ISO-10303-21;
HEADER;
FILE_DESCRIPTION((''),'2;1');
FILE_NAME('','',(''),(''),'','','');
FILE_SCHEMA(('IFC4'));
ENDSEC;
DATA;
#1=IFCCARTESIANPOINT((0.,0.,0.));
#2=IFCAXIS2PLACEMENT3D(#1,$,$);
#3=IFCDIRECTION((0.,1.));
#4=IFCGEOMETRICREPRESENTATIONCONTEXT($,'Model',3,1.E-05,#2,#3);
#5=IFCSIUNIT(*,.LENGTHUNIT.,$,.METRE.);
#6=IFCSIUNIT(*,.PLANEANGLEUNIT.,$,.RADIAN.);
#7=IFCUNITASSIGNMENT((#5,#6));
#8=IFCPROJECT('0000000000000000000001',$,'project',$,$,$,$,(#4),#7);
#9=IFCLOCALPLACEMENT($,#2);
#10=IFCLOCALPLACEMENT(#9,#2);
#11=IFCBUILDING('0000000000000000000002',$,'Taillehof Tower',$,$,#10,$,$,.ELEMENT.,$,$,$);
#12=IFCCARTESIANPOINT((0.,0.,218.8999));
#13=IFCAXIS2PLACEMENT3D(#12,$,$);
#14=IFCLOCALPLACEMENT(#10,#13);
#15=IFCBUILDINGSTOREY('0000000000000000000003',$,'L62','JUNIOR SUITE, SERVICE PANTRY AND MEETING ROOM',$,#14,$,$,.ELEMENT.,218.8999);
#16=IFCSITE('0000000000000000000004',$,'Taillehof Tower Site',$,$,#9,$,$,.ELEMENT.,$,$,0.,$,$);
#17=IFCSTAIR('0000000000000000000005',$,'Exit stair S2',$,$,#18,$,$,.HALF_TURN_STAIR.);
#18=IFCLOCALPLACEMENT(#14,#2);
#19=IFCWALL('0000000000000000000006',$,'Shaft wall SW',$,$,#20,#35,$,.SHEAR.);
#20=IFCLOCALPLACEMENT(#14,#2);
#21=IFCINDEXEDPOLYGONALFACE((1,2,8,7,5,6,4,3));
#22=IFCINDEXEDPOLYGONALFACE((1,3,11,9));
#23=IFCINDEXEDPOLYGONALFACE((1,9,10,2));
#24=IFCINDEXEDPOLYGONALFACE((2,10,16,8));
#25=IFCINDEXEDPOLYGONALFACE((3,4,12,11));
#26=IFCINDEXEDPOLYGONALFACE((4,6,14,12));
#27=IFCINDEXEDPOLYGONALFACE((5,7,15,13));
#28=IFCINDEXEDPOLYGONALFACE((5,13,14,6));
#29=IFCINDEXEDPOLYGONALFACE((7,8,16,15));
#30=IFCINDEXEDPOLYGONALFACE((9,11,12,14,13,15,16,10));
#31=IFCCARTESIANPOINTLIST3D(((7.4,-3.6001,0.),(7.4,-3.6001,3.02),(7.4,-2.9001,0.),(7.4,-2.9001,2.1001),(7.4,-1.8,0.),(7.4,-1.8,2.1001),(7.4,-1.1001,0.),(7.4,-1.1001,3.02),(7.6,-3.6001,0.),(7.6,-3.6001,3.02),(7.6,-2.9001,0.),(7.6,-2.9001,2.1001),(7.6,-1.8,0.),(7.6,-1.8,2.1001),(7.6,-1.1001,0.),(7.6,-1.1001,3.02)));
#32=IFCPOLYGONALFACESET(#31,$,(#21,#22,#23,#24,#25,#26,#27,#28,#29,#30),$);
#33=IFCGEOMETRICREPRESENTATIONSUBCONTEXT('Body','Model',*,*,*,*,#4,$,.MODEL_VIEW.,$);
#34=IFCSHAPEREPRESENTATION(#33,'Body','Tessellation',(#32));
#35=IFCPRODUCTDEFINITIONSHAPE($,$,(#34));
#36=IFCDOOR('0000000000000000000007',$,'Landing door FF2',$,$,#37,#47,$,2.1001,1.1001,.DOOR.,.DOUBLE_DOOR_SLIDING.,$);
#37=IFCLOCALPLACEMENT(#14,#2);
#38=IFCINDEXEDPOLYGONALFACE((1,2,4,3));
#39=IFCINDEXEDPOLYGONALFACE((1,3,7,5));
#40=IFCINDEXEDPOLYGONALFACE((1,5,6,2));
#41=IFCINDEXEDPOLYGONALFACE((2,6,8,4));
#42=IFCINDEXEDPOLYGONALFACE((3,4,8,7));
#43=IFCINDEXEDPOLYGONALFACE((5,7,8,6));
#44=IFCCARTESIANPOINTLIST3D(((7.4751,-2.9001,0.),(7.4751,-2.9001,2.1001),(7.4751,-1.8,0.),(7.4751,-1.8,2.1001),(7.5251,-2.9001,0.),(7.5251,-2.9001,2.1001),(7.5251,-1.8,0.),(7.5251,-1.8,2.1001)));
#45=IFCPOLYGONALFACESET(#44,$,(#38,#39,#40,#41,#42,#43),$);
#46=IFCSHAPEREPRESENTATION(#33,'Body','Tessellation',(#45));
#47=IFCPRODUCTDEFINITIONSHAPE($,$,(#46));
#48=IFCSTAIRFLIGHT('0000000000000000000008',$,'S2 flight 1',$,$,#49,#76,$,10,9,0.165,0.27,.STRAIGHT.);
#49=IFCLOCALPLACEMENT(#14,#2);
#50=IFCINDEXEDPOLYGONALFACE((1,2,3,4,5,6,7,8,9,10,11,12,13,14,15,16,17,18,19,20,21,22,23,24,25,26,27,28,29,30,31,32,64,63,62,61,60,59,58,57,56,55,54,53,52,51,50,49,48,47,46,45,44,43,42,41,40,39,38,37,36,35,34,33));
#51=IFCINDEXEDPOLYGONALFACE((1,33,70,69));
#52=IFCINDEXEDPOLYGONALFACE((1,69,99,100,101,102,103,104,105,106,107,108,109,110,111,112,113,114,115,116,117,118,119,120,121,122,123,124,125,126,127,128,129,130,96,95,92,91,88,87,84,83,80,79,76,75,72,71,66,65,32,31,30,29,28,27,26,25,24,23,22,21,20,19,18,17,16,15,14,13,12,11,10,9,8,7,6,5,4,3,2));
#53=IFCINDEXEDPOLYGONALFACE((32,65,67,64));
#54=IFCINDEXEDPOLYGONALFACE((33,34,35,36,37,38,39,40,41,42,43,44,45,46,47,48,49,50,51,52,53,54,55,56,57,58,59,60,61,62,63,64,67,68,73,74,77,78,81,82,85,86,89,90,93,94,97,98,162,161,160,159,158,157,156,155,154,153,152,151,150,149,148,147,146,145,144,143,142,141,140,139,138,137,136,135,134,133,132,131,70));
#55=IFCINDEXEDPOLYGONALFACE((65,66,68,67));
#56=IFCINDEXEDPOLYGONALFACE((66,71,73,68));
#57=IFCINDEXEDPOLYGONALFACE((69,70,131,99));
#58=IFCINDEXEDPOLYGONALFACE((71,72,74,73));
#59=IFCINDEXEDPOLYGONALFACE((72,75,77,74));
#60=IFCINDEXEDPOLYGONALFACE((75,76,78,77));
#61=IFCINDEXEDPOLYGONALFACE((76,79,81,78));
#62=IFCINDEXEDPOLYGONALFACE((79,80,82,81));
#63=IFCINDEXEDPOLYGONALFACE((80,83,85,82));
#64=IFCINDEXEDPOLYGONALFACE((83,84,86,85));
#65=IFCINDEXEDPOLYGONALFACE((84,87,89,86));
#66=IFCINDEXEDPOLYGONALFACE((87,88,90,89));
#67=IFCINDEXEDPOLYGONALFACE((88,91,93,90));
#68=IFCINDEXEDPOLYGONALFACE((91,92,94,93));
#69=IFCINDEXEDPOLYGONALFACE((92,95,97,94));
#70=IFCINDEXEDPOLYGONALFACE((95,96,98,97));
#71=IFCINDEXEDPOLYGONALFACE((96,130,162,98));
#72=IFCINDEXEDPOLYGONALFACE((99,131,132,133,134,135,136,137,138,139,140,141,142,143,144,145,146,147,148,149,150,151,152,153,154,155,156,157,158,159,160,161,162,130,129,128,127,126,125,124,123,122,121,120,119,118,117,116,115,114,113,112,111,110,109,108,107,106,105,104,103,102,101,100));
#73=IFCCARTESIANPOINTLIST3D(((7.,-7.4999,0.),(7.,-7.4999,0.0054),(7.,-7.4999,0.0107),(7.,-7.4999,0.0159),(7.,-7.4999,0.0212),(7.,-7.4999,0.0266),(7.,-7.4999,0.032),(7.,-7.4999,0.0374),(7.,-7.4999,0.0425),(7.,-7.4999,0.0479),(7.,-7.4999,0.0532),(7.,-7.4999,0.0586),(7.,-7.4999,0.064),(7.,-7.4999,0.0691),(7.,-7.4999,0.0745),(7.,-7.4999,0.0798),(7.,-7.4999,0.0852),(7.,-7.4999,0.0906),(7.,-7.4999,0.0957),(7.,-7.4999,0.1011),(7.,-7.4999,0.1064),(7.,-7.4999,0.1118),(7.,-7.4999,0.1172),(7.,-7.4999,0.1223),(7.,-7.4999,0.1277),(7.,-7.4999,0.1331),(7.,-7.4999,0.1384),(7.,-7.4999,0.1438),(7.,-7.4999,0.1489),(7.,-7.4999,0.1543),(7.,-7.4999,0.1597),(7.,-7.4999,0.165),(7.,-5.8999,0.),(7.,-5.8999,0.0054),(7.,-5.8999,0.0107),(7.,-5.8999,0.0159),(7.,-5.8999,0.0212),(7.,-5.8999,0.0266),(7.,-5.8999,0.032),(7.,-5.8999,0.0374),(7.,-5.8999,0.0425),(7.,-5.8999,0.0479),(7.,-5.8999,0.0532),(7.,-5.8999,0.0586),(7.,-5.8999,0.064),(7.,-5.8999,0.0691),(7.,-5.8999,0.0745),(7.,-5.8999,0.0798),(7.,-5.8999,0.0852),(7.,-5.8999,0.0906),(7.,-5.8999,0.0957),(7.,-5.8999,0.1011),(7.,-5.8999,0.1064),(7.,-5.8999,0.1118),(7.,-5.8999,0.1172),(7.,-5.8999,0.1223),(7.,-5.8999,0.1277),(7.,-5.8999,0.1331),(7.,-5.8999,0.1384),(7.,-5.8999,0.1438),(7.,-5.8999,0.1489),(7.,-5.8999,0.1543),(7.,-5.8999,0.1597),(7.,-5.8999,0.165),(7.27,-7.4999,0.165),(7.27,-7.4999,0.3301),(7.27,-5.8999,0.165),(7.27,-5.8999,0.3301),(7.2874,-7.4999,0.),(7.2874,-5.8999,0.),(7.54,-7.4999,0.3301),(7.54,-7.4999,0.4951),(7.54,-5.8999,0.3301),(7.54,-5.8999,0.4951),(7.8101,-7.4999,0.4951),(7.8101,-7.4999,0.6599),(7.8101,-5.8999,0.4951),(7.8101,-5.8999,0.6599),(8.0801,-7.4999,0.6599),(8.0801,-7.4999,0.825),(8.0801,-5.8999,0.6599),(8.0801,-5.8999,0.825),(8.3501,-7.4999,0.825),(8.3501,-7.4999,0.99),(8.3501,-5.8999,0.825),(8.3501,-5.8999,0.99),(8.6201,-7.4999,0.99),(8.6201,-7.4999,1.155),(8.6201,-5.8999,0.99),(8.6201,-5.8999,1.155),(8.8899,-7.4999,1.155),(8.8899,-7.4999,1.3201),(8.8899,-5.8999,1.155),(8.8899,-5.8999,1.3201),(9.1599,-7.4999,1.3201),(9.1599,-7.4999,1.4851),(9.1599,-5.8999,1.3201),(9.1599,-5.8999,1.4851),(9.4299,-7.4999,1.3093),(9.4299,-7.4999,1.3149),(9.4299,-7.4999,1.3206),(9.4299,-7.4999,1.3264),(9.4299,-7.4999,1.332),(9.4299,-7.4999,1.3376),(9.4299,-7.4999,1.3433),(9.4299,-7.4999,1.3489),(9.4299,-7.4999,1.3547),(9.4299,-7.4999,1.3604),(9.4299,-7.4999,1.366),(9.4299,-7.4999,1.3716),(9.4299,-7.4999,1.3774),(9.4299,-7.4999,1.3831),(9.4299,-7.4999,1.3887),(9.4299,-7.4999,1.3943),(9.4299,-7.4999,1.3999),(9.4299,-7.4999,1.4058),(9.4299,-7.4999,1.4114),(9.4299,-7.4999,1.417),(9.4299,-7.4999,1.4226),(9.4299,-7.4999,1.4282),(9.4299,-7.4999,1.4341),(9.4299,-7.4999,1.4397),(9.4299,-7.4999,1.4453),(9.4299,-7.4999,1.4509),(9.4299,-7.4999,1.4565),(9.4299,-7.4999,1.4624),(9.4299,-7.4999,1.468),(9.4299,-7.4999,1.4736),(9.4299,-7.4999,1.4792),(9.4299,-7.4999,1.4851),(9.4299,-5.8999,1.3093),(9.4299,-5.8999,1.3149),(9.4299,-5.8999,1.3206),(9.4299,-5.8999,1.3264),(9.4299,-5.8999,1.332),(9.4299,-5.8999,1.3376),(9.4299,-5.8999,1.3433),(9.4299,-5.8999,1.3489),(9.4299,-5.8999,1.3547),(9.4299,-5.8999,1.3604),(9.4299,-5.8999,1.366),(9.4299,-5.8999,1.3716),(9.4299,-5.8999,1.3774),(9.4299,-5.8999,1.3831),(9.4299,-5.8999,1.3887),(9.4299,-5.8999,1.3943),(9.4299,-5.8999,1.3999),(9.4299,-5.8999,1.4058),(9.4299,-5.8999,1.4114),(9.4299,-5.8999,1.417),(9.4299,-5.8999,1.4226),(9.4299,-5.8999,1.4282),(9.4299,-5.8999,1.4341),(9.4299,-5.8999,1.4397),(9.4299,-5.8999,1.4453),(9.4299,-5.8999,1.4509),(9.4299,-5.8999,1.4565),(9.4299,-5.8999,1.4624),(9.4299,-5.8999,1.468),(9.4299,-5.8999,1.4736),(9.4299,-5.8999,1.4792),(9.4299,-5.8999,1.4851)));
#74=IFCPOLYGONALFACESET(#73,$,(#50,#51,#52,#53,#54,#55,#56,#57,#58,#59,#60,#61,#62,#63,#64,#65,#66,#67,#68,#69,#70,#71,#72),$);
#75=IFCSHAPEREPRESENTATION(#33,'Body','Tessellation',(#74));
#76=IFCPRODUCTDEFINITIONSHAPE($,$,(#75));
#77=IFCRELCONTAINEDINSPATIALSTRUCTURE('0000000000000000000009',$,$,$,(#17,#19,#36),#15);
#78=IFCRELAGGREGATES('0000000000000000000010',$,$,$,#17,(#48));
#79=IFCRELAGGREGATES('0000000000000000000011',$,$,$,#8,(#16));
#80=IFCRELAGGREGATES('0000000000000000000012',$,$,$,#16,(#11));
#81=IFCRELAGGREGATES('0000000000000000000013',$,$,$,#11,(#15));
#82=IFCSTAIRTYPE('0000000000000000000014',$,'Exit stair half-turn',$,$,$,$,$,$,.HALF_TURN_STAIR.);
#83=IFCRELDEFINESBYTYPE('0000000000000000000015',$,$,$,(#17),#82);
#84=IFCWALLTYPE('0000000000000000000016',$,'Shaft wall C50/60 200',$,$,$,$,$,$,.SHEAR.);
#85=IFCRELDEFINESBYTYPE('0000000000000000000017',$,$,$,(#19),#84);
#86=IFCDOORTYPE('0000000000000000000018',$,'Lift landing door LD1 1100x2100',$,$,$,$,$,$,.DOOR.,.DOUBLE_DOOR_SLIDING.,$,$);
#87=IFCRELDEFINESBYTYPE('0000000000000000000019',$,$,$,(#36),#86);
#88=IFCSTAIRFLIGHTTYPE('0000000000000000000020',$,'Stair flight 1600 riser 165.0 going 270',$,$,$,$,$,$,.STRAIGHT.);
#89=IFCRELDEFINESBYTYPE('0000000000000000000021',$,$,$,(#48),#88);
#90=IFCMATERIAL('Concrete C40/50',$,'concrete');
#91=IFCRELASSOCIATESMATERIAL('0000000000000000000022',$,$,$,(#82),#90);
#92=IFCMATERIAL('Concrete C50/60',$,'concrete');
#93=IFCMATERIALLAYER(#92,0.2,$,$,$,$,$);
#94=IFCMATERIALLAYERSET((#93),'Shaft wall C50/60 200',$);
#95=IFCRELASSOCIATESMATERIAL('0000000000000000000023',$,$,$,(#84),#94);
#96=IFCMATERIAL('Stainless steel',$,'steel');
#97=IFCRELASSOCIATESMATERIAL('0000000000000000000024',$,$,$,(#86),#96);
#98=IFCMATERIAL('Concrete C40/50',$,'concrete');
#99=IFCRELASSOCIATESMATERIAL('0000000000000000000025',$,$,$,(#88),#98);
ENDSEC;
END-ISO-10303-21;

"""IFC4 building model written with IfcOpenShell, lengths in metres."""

from ifc_helpers import new_model, si_unit, direction, frame, frame_2d, origin, place, context, subcontext, project, spatial, polyline, rectangle, outline, extrude, material, layer, layer_set, type_object, element, fill, aggregate, save


model = new_model("IFC4")

# Units and contexts
model_context = context("Model", 3, precision=1e-05, world=origin(), true_north=direction((0.0, 1.0)))
body_context = subcontext(model_context, "Body", "Model", "MODEL_VIEW")
ifc_project = project(units=[si_unit("LENGTHUNIT", "METRE"), si_unit("PLANEANGLEUNIT", "RADIAN")], contexts=[model_context])

# Site, building, storey
site_placement = place(None, origin())
site = spatial("IfcSite", under=ifc_project, at=site_placement, Name="Taillehof Tower Site", CompositionType="ELEMENT", RefElevation=0.0)
building_placement = place(site_placement, origin())
building = spatial("IfcBuilding", under=site, at=building_placement, Name="Taillehof Tower", CompositionType="ELEMENT")
storey_placement = place(building_placement, frame((0.0, 0.0, 218.8999)))
storey = spatial("IfcBuildingStorey", under=building, at=storey_placement, Name="L62", Description="JUNIOR SUITE, SERVICE PANTRY AND MEETING ROOM", CompositionType="ELEMENT", Elevation=218.8999)

# Stair
ifc_material_1 = material(Name="Concrete C40/50", Category="concrete")
stair_type = type_object("IfcStairType", Name="Exit stair half-turn", PredefinedType="HALF_TURN_STAIR", material=ifc_material_1)
stair_1_placement = place(storey_placement, origin())
stair_1 = element("IfcStair", 1, at=stair_1_placement, inside=storey, type_object=stair_type, Name="Exit stair S2", PredefinedType="HALF_TURN_STAIR")

# Shared definitions
ifc_material_2 = material(Name="Concrete C50/60", Category="concrete")
ifc_layer_1 = layer(ifc_material_2, 0.2)
ifc_layer_set_1 = layer_set([ifc_layer_1], Name="Shaft wall C50/60 200")
wall_type_1 = type_object("IfcWallType", Name="Shaft wall C50/60 200", PredefinedType="SHEAR", material=ifc_layer_set_1)

# Shared definitions
ifc_material_3 = material(Name="Stainless steel", Category="steel")
door_type_1 = type_object("IfcDoorType", Name="Lift landing door LD1 1100x2100", OperationType="DOUBLE_DOOR_SLIDING", PredefinedType="DOOR", material=ifc_material_3)

# Wall, opening, door
wall_1_placement = place(storey_placement, frame((7.5, -3.6001, 0.0), z_axis=(0.0, 0.0, 1.0), x_axis=(0.0, 1.0, 0.0)))
wall_1 = element("IfcWall", 2, at=wall_1_placement, inside=storey, type_object=wall_type_1, Name="Shaft wall SW", PredefinedType="SHEAR", context=body_context, shape_type="SweptSolid", body=[
    extrude(rectangle(XDim=2.5, YDim=0.2, at=frame_2d((1.25, 0.0))), origin(), (0.0, 0.0, 1.0), 3.02),
])
opening_1_placement = place(wall_1_placement, frame((0.7, 0.0, 0.0)))
opening_1 = element("IfcOpeningElement", 3, at=opening_1_placement, cuts=wall_1, PredefinedType="OPENING", context=body_context, shape_type="SweptSolid", body=[
    extrude(rectangle(XDim=1.1001, YDim=2.1001, at=frame_2d((0.55, 1.05))), frame((0.0, 0.1099, 0.0), z_axis=(0.0, -1.0, 0.0), x_axis=(1.0, 0.0, 0.0)), (0.0, 0.0, 1.0), 0.22),
])
door_1_placement = place(opening_1_placement, origin())
door_1 = element("IfcDoor", 4, at=door_1_placement, inside=storey, type_object=door_type_1, Name="Landing door FF2", OperationType="DOUBLE_DOOR_SLIDING", OverallHeight=2.1001, OverallWidth=1.1001, PredefinedType="DOOR", context=body_context, shape_type="SweptSolid", body=[
    extrude(rectangle(XDim=1.1001, YDim=2.1001, at=frame_2d((0.55, 1.05))), frame((0.0, 0.0249, 0.0), z_axis=(0.0, -1.0, 0.0), x_axis=(1.0, 0.0, 0.0)), (0.0, 0.0, 1.0), 0.05),
])
fill(opening_1, door_1)

# Stair flight
ifc_material_4 = material(Name="Concrete C40/50", Category="concrete")
stair_flight_type = type_object("IfcStairFlightType", Name="Stair flight 1600 riser 165.0 going 270", PredefinedType="STRAIGHT", material=ifc_material_4)
stair_flight_placement = place(storey_placement, frame((7.0, -6.7, 0.0), z_axis=(0.0, 0.0, 1.0), x_axis=(1.0, 0.0, 0.0)))
stair_flight = element("IfcStairFlight", 5, at=stair_flight_placement, type_object=stair_flight_type, Name="S2 flight 1", NumberOfRisers=10, NumberOfTreads=9, PredefinedType="STRAIGHT", RiserHeight=0.165, TreadLength=0.27, context=body_context, shape_type="SweptSolid", body=[
    extrude(outline(polyline([(0.0, 0.0), (0.0, 0.0054), (0.0, 0.0107), (0.0, 0.0159), (0.0, 0.0212), (0.0, 0.0266), (0.0, 0.032), (0.0, 0.0374), (0.0, 0.0425), (0.0, 0.0479), (0.0, 0.0532), (0.0, 0.0586), (0.0, 0.064), (0.0, 0.0691), (0.0, 0.0745), (0.0, 0.0798), (0.0, 0.0852), (0.0, 0.0906), (0.0, 0.0957), (0.0, 0.1011), (0.0, 0.1064), (0.0, 0.1118), (0.0, 0.1172), (0.0, 0.1223), (0.0, 0.1277), (0.0, 0.1331), (0.0, 0.1384), (0.0, 0.1438), (0.0, 0.1489), (0.0, 0.1543), (0.0, 0.1597), (0.0, 0.165), (0.27, 0.165), (0.27, 0.3301), (0.54, 0.3301), (0.54, 0.4951), (0.8101, 0.4951), (0.8101, 0.6599), (1.0801, 0.6599), (1.0801, 0.825), (1.3501, 0.825), (1.3501, 0.99), (1.6201, 0.99), (1.6201, 1.155), (1.8899, 1.155), (1.8899, 1.3201), (2.1599, 1.3201), (2.1599, 1.4851), (2.4299, 1.4851), (2.4299, 1.4792), (2.4299, 1.4736), (2.4299, 1.468), (2.4299, 1.4624), (2.4299, 1.4565), (2.4299, 1.4509), (2.4299, 1.4453), (2.4299, 1.4397), (2.4299, 1.4341), (2.4299, 1.4282), (2.4299, 1.4226), (2.4299, 1.417), (2.4299, 1.4114), (2.4299, 1.4058), (2.4299, 1.3999), (2.4299, 1.3943), (2.4299, 1.3887), (2.4299, 1.3831), (2.4299, 1.3774), (2.4299, 1.3716), (2.4299, 1.366), (2.4299, 1.3604), (2.4299, 1.3547), (2.4299, 1.3489), (2.4299, 1.3433), (2.4299, 1.3376), (2.4299, 1.332), (2.4299, 1.3264), (2.4299, 1.3206), (2.4299, 1.3149), (2.4299, 1.3093), (0.2874, 0.0), (0.0, 0.0)])), frame((0.0, 0.8, 0.0), z_axis=(0.0, -1.0, 0.0), x_axis=(1.0, 0.0, 0.0)), (0.0, 0.0, 1.0), 1.6),
])
aggregate(stair_1, [stair_flight])

save(model, "model.ifc")
